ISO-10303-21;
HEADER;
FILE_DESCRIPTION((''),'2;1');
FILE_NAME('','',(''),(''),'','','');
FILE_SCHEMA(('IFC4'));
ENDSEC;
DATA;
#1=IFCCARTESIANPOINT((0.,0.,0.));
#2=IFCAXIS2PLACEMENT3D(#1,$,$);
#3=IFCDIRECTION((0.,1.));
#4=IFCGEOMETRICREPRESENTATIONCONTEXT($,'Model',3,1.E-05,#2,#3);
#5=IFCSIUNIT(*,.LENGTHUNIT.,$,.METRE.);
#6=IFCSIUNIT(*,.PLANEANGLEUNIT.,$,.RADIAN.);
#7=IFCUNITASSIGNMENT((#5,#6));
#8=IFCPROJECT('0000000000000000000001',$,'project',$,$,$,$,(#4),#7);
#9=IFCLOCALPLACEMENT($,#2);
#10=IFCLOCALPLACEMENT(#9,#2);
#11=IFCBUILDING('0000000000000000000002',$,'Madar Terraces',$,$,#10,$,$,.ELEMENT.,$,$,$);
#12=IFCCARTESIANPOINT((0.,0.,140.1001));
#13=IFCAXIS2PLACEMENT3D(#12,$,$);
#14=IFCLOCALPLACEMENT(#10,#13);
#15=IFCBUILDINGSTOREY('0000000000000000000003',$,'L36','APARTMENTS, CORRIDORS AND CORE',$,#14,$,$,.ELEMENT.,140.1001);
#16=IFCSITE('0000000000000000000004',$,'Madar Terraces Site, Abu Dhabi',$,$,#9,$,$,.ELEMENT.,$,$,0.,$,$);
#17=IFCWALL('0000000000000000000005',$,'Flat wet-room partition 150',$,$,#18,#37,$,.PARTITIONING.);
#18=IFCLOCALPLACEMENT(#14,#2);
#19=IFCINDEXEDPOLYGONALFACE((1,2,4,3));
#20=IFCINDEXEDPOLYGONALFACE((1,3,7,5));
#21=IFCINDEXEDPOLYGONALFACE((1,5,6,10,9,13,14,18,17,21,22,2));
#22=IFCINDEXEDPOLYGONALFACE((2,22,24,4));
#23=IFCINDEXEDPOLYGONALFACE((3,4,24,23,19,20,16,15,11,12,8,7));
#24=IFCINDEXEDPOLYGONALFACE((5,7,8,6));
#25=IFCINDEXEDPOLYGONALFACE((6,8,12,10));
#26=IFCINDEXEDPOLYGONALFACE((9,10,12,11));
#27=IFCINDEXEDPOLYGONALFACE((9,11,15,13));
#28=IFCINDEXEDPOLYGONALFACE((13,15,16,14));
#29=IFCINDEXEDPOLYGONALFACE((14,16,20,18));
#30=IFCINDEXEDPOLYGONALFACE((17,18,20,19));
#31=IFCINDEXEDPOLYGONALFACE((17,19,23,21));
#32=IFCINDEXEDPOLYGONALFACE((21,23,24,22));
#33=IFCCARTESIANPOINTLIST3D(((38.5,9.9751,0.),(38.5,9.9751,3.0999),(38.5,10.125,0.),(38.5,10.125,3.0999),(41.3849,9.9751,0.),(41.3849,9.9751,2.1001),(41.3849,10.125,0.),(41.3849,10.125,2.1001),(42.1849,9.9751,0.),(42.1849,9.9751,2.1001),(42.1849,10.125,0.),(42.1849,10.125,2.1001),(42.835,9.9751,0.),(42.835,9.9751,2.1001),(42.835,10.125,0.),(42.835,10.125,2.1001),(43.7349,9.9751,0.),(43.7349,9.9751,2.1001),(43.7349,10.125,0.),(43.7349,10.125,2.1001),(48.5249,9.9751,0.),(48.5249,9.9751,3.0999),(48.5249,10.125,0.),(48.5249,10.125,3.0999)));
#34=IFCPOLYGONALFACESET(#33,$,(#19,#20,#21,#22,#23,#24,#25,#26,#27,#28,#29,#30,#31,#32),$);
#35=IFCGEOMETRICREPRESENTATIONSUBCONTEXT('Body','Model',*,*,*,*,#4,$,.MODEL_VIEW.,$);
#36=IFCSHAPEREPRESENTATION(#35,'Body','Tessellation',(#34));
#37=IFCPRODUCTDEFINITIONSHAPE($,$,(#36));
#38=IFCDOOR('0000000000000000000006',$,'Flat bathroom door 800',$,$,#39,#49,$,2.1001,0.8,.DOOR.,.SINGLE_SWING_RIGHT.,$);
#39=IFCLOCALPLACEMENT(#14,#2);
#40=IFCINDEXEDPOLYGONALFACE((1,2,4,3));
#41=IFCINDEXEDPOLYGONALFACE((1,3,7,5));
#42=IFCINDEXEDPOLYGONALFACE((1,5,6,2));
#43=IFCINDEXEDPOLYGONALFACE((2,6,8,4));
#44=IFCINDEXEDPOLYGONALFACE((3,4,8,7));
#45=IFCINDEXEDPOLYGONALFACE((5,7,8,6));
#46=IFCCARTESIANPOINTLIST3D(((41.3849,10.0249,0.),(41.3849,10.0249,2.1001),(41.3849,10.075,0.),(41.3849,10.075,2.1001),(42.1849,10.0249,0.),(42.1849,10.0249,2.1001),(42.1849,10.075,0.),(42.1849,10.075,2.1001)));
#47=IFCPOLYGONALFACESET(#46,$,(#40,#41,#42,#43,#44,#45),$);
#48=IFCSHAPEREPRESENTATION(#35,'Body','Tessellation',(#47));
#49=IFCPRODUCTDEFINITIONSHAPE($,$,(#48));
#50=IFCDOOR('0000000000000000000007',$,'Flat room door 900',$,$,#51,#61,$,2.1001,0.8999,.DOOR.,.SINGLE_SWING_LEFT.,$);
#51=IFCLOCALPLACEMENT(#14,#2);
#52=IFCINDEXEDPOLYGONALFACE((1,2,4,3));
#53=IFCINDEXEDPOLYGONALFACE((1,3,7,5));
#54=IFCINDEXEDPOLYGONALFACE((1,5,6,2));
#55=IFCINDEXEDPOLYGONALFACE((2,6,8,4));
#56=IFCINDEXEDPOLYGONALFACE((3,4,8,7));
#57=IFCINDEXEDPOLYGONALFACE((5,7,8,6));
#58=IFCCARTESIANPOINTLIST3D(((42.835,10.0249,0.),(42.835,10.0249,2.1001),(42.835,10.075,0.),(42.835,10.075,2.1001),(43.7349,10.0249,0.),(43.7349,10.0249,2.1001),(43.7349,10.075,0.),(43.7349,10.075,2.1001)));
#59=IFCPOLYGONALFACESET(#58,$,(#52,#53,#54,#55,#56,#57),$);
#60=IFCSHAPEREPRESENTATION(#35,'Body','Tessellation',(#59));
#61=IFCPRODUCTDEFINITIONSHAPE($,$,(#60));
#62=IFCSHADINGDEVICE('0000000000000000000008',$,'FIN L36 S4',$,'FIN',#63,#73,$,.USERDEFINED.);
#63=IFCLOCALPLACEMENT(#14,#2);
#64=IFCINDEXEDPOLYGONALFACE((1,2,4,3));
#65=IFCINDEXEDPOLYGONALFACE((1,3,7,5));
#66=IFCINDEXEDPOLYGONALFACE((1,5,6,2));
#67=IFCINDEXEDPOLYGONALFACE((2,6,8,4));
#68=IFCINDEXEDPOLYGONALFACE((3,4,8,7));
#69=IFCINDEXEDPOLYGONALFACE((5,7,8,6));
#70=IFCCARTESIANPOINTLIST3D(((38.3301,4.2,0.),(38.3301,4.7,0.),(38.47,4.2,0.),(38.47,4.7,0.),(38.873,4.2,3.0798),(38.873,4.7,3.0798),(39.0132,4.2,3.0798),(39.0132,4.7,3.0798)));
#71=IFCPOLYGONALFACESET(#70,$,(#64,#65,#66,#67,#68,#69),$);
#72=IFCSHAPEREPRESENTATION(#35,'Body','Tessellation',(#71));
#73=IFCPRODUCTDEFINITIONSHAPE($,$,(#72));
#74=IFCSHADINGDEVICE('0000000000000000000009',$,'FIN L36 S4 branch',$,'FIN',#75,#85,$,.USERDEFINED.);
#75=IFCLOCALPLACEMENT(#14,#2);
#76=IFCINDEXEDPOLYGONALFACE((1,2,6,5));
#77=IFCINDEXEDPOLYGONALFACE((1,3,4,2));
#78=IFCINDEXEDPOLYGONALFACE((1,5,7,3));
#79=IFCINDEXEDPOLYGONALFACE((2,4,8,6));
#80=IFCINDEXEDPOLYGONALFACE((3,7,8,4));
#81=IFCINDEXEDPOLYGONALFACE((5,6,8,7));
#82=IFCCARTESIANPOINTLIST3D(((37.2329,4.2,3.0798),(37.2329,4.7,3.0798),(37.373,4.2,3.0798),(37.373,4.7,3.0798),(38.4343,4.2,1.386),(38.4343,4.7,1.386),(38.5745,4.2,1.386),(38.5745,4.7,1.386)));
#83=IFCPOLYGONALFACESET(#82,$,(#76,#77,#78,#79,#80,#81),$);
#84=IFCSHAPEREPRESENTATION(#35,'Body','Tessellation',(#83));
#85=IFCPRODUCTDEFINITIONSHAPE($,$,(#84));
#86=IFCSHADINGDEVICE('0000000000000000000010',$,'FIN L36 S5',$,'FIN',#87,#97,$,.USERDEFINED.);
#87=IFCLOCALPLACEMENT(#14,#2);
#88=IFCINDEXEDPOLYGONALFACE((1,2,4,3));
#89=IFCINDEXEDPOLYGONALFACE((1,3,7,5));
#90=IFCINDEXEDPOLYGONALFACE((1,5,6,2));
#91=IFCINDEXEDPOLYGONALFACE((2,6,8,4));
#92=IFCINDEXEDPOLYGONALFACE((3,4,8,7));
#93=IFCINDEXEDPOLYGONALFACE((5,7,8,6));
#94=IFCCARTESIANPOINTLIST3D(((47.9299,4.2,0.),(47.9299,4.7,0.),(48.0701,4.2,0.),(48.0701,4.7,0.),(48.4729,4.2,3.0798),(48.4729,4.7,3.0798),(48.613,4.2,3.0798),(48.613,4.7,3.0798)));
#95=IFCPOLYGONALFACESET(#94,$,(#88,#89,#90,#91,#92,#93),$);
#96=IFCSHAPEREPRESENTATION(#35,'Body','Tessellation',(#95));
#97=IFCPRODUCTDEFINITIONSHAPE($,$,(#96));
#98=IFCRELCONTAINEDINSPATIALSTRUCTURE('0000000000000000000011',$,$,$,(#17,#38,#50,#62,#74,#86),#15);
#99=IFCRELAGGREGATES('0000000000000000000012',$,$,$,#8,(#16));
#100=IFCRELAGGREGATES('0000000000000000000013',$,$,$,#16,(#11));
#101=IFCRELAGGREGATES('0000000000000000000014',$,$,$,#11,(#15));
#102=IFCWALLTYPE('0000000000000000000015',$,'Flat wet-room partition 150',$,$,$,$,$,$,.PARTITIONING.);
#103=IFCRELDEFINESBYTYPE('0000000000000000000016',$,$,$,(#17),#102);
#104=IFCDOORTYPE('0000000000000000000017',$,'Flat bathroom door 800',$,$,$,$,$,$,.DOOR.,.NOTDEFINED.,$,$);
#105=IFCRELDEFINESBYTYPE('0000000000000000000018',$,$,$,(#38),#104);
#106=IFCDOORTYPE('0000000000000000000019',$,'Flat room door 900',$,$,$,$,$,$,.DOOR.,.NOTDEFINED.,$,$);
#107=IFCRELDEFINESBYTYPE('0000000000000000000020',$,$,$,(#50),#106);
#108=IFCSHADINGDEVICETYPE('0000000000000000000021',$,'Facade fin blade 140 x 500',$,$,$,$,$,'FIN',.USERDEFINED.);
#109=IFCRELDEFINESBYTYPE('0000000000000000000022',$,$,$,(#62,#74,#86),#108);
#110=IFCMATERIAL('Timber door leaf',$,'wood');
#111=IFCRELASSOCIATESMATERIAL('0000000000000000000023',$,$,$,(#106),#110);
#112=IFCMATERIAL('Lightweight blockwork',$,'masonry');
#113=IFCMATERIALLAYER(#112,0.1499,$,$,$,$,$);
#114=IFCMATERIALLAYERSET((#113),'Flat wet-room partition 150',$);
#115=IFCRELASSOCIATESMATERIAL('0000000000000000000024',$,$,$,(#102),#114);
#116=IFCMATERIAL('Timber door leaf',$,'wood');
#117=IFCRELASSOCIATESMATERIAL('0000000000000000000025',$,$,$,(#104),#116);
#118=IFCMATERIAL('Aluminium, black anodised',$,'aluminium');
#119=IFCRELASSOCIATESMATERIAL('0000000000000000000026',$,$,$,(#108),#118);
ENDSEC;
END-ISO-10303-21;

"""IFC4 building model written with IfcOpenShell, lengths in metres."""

from ifc_helpers import new_model, si_unit, direction, frame, frame_2d, origin, place, context, subcontext, project, spatial, polyline, rectangle, outline, extrude, material, layer, layer_set, type_object, element, fill, save


model = new_model("IFC4")

# Units and contexts
model_context = context("Model", 3, precision=1e-05, world=origin(), true_north=direction((0.0, 1.0)))
body_context = subcontext(model_context, "Body", "Model", "MODEL_VIEW")
ifc_project = project(units=[si_unit("LENGTHUNIT", "METRE"), si_unit("PLANEANGLEUNIT", "RADIAN")], contexts=[model_context])

# Site, building, storey
site_placement = place(None, origin())
site = spatial("IfcSite", under=ifc_project, at=site_placement, Name="Madar Terraces Site, Abu Dhabi", CompositionType="ELEMENT", RefElevation=0.0)
building_placement = place(site_placement, origin())
building = spatial("IfcBuilding", under=site, at=building_placement, Name="Madar Terraces", CompositionType="ELEMENT")
storey_placement = place(building_placement, frame((0.0, 0.0, 140.1001)))
storey = spatial("IfcBuildingStorey", under=building, at=storey_placement, Name="L36", Description="APARTMENTS, CORRIDORS AND CORE", CompositionType="ELEMENT", Elevation=140.1001)

# Shared definitions
ifc_material_1 = material(Name="Timber door leaf", Category="wood")
door_type_1 = type_object("IfcDoorType", Name="Flat room door 900", OperationType="NOTDEFINED", PredefinedType="DOOR", material=ifc_material_1)

# Shared definitions
ifc_material_2 = material(Name="Lightweight blockwork", Category="masonry")
ifc_layer_1 = layer(ifc_material_2, 0.1499)
ifc_layer_set_1 = layer_set([ifc_layer_1], Name="Flat wet-room partition 150")
wall_type_1 = type_object("IfcWallType", Name="Flat wet-room partition 150", PredefinedType="PARTITIONING", material=ifc_layer_set_1)

# Wall, openings, doors
wall_1_placement = place(storey_placement, frame((38.5, 10.05, 0.0), z_axis=(0.0, 0.0, 1.0), x_axis=(1.0, 0.0, 0.0)))
wall_1 = element("IfcWall", 1, at=wall_1_placement, inside=storey, type_object=wall_type_1, Name="Flat wet-room partition 150", PredefinedType="PARTITIONING", context=body_context, shape_type="SweptSolid", body=[
    extrude(rectangle(XDim=10.0249, YDim=0.1499, at=frame_2d((5.0125, 0.0))), origin(), (0.0, 0.0, 1.0), 3.0999),
])
opening_1_placement = place(wall_1_placement, frame((4.335, 0.0, 0.0)))
opening_1 = element("IfcOpeningElement", 2, at=opening_1_placement, cuts=wall_1, PredefinedType="OPENING", context=body_context, shape_type="SweptSolid", body=[
    extrude(rectangle(XDim=0.8999, YDim=2.1001, at=frame_2d((0.45, 1.05))), frame((0.0, 0.085, 0.0), z_axis=(0.0, -1.0, 0.0), x_axis=(1.0, 0.0, 0.0)), (0.0, 0.0, 1.0), 0.1699),
])
opening_2_placement = place(wall_1_placement, frame((2.885, 0.0, 0.0)))
opening_2 = element("IfcOpeningElement", 3, at=opening_2_placement, cuts=wall_1, PredefinedType="OPENING", context=body_context, shape_type="SweptSolid", body=[
    extrude(rectangle(XDim=0.8, YDim=2.1001, at=frame_2d((0.3999, 1.05))), frame((0.0, 0.085, 0.0), z_axis=(0.0, -1.0, 0.0), x_axis=(1.0, 0.0, 0.0)), (0.0, 0.0, 1.0), 0.1699),
])
ifc_material_3 = material(Name="Timber door leaf", Category="wood")
door_type_2 = type_object("IfcDoorType", Name="Flat bathroom door 800", OperationType="NOTDEFINED", PredefinedType="DOOR", material=ifc_material_3)
door_1_placement = place(opening_2_placement, origin())
door_1 = element("IfcDoor", 4, at=door_1_placement, inside=storey, type_object=door_type_2, Name="Flat bathroom door 800", OperationType="SINGLE_SWING_RIGHT", OverallHeight=2.1001, OverallWidth=0.8, PredefinedType="DOOR", context=body_context, shape_type="SweptSolid", body=[
    extrude(rectangle(XDim=0.8, YDim=2.1001, at=frame_2d((0.3999, 1.05))), frame((0.0, 0.0249, 0.0), z_axis=(0.0, -1.0, 0.0), x_axis=(1.0, 0.0, 0.0)), (0.0, 0.0, 1.0), 0.05),
])
fill(opening_2, door_1)
door_2_placement = place(opening_1_placement, origin())
door_2 = element("IfcDoor", 5, at=door_2_placement, inside=storey, type_object=door_type_1, Name="Flat room door 900", OperationType="SINGLE_SWING_LEFT", OverallHeight=2.1001, OverallWidth=0.8999, PredefinedType="DOOR", context=body_context, shape_type="SweptSolid", body=[
    extrude(rectangle(XDim=0.8999, YDim=2.1001, at=frame_2d((0.45, 1.05))), frame((0.0, 0.0249, 0.0), z_axis=(0.0, -1.0, 0.0), x_axis=(1.0, 0.0, 0.0)), (0.0, 0.0, 1.0), 0.05),
])
fill(opening_1, door_2)

# Shading devices
ifc_material_4 = material(Name="Aluminium, black anodised", Category="aluminium")
shading_device_type = type_object("IfcShadingDeviceType", Name="Facade fin blade 140 x 500", ElementType="FIN", PredefinedType="USERDEFINED", material=ifc_material_4)
shading_device_1_placement = place(storey_placement, frame((38.3301, 4.45, 0.0), z_axis=(0.0, 0.0, 1.0), x_axis=(1.0, 0.0, 0.0)))
element("IfcShadingDevice", 6, at=shading_device_1_placement, inside=storey, type_object=shading_device_type, Name="FIN L36 S4", ObjectType="FIN", PredefinedType="USERDEFINED", context=body_context, shape_type="SweptSolid", body=[
    extrude(outline(polyline([(0.0, 0.0), (0.1399, 0.0), (0.6831, 3.0798), (0.543, 3.0798), (0.0, 0.0)])), frame((0.0, 0.25, 0.0), z_axis=(0.0, -1.0, 0.0), x_axis=(1.0, 0.0, 0.0)), (0.0, 0.0, 1.0), 0.5),
])
shading_device_2_placement = place(storey_placement, frame((38.4343, 4.45, 1.386), z_axis=(0.0, 0.0, 1.0), x_axis=(1.0, 0.0, 0.0)))
element("IfcShadingDevice", 7, at=shading_device_2_placement, inside=storey, type_object=shading_device_type, Name="FIN L36 S4 branch", ObjectType="FIN", PredefinedType="USERDEFINED", context=body_context, shape_type="SweptSolid", body=[
    extrude(outline(polyline([(0.0, 0.0), (0.1401, 0.0), (-1.0613, 1.6938), (-1.2014, 1.6938), (0.0, 0.0)])), frame((0.0, 0.25, 0.0), z_axis=(0.0, -1.0, 0.0), x_axis=(1.0, 0.0, 0.0)), (0.0, 0.0, 1.0), 0.5),
])
shading_device_3_placement = place(storey_placement, frame((47.9299, 4.45, 0.0), z_axis=(0.0, 0.0, 1.0), x_axis=(1.0, 0.0, 0.0)))
element("IfcShadingDevice", 8, at=shading_device_3_placement, inside=storey, type_object=shading_device_type, Name="FIN L36 S5", ObjectType="FIN", PredefinedType="USERDEFINED", context=body_context, shape_type="SweptSolid", body=[
    extrude(outline(polyline([(0.0, 0.0), (0.1401, 0.0), (0.6831, 3.0798), (0.543, 3.0798), (0.0, 0.0)])), frame((0.0, 0.25, 0.0), z_axis=(0.0, -1.0, 0.0), x_axis=(1.0, 0.0, 0.0)), (0.0, 0.0, 1.0), 0.5),
])

save(model, "model.ifc")
